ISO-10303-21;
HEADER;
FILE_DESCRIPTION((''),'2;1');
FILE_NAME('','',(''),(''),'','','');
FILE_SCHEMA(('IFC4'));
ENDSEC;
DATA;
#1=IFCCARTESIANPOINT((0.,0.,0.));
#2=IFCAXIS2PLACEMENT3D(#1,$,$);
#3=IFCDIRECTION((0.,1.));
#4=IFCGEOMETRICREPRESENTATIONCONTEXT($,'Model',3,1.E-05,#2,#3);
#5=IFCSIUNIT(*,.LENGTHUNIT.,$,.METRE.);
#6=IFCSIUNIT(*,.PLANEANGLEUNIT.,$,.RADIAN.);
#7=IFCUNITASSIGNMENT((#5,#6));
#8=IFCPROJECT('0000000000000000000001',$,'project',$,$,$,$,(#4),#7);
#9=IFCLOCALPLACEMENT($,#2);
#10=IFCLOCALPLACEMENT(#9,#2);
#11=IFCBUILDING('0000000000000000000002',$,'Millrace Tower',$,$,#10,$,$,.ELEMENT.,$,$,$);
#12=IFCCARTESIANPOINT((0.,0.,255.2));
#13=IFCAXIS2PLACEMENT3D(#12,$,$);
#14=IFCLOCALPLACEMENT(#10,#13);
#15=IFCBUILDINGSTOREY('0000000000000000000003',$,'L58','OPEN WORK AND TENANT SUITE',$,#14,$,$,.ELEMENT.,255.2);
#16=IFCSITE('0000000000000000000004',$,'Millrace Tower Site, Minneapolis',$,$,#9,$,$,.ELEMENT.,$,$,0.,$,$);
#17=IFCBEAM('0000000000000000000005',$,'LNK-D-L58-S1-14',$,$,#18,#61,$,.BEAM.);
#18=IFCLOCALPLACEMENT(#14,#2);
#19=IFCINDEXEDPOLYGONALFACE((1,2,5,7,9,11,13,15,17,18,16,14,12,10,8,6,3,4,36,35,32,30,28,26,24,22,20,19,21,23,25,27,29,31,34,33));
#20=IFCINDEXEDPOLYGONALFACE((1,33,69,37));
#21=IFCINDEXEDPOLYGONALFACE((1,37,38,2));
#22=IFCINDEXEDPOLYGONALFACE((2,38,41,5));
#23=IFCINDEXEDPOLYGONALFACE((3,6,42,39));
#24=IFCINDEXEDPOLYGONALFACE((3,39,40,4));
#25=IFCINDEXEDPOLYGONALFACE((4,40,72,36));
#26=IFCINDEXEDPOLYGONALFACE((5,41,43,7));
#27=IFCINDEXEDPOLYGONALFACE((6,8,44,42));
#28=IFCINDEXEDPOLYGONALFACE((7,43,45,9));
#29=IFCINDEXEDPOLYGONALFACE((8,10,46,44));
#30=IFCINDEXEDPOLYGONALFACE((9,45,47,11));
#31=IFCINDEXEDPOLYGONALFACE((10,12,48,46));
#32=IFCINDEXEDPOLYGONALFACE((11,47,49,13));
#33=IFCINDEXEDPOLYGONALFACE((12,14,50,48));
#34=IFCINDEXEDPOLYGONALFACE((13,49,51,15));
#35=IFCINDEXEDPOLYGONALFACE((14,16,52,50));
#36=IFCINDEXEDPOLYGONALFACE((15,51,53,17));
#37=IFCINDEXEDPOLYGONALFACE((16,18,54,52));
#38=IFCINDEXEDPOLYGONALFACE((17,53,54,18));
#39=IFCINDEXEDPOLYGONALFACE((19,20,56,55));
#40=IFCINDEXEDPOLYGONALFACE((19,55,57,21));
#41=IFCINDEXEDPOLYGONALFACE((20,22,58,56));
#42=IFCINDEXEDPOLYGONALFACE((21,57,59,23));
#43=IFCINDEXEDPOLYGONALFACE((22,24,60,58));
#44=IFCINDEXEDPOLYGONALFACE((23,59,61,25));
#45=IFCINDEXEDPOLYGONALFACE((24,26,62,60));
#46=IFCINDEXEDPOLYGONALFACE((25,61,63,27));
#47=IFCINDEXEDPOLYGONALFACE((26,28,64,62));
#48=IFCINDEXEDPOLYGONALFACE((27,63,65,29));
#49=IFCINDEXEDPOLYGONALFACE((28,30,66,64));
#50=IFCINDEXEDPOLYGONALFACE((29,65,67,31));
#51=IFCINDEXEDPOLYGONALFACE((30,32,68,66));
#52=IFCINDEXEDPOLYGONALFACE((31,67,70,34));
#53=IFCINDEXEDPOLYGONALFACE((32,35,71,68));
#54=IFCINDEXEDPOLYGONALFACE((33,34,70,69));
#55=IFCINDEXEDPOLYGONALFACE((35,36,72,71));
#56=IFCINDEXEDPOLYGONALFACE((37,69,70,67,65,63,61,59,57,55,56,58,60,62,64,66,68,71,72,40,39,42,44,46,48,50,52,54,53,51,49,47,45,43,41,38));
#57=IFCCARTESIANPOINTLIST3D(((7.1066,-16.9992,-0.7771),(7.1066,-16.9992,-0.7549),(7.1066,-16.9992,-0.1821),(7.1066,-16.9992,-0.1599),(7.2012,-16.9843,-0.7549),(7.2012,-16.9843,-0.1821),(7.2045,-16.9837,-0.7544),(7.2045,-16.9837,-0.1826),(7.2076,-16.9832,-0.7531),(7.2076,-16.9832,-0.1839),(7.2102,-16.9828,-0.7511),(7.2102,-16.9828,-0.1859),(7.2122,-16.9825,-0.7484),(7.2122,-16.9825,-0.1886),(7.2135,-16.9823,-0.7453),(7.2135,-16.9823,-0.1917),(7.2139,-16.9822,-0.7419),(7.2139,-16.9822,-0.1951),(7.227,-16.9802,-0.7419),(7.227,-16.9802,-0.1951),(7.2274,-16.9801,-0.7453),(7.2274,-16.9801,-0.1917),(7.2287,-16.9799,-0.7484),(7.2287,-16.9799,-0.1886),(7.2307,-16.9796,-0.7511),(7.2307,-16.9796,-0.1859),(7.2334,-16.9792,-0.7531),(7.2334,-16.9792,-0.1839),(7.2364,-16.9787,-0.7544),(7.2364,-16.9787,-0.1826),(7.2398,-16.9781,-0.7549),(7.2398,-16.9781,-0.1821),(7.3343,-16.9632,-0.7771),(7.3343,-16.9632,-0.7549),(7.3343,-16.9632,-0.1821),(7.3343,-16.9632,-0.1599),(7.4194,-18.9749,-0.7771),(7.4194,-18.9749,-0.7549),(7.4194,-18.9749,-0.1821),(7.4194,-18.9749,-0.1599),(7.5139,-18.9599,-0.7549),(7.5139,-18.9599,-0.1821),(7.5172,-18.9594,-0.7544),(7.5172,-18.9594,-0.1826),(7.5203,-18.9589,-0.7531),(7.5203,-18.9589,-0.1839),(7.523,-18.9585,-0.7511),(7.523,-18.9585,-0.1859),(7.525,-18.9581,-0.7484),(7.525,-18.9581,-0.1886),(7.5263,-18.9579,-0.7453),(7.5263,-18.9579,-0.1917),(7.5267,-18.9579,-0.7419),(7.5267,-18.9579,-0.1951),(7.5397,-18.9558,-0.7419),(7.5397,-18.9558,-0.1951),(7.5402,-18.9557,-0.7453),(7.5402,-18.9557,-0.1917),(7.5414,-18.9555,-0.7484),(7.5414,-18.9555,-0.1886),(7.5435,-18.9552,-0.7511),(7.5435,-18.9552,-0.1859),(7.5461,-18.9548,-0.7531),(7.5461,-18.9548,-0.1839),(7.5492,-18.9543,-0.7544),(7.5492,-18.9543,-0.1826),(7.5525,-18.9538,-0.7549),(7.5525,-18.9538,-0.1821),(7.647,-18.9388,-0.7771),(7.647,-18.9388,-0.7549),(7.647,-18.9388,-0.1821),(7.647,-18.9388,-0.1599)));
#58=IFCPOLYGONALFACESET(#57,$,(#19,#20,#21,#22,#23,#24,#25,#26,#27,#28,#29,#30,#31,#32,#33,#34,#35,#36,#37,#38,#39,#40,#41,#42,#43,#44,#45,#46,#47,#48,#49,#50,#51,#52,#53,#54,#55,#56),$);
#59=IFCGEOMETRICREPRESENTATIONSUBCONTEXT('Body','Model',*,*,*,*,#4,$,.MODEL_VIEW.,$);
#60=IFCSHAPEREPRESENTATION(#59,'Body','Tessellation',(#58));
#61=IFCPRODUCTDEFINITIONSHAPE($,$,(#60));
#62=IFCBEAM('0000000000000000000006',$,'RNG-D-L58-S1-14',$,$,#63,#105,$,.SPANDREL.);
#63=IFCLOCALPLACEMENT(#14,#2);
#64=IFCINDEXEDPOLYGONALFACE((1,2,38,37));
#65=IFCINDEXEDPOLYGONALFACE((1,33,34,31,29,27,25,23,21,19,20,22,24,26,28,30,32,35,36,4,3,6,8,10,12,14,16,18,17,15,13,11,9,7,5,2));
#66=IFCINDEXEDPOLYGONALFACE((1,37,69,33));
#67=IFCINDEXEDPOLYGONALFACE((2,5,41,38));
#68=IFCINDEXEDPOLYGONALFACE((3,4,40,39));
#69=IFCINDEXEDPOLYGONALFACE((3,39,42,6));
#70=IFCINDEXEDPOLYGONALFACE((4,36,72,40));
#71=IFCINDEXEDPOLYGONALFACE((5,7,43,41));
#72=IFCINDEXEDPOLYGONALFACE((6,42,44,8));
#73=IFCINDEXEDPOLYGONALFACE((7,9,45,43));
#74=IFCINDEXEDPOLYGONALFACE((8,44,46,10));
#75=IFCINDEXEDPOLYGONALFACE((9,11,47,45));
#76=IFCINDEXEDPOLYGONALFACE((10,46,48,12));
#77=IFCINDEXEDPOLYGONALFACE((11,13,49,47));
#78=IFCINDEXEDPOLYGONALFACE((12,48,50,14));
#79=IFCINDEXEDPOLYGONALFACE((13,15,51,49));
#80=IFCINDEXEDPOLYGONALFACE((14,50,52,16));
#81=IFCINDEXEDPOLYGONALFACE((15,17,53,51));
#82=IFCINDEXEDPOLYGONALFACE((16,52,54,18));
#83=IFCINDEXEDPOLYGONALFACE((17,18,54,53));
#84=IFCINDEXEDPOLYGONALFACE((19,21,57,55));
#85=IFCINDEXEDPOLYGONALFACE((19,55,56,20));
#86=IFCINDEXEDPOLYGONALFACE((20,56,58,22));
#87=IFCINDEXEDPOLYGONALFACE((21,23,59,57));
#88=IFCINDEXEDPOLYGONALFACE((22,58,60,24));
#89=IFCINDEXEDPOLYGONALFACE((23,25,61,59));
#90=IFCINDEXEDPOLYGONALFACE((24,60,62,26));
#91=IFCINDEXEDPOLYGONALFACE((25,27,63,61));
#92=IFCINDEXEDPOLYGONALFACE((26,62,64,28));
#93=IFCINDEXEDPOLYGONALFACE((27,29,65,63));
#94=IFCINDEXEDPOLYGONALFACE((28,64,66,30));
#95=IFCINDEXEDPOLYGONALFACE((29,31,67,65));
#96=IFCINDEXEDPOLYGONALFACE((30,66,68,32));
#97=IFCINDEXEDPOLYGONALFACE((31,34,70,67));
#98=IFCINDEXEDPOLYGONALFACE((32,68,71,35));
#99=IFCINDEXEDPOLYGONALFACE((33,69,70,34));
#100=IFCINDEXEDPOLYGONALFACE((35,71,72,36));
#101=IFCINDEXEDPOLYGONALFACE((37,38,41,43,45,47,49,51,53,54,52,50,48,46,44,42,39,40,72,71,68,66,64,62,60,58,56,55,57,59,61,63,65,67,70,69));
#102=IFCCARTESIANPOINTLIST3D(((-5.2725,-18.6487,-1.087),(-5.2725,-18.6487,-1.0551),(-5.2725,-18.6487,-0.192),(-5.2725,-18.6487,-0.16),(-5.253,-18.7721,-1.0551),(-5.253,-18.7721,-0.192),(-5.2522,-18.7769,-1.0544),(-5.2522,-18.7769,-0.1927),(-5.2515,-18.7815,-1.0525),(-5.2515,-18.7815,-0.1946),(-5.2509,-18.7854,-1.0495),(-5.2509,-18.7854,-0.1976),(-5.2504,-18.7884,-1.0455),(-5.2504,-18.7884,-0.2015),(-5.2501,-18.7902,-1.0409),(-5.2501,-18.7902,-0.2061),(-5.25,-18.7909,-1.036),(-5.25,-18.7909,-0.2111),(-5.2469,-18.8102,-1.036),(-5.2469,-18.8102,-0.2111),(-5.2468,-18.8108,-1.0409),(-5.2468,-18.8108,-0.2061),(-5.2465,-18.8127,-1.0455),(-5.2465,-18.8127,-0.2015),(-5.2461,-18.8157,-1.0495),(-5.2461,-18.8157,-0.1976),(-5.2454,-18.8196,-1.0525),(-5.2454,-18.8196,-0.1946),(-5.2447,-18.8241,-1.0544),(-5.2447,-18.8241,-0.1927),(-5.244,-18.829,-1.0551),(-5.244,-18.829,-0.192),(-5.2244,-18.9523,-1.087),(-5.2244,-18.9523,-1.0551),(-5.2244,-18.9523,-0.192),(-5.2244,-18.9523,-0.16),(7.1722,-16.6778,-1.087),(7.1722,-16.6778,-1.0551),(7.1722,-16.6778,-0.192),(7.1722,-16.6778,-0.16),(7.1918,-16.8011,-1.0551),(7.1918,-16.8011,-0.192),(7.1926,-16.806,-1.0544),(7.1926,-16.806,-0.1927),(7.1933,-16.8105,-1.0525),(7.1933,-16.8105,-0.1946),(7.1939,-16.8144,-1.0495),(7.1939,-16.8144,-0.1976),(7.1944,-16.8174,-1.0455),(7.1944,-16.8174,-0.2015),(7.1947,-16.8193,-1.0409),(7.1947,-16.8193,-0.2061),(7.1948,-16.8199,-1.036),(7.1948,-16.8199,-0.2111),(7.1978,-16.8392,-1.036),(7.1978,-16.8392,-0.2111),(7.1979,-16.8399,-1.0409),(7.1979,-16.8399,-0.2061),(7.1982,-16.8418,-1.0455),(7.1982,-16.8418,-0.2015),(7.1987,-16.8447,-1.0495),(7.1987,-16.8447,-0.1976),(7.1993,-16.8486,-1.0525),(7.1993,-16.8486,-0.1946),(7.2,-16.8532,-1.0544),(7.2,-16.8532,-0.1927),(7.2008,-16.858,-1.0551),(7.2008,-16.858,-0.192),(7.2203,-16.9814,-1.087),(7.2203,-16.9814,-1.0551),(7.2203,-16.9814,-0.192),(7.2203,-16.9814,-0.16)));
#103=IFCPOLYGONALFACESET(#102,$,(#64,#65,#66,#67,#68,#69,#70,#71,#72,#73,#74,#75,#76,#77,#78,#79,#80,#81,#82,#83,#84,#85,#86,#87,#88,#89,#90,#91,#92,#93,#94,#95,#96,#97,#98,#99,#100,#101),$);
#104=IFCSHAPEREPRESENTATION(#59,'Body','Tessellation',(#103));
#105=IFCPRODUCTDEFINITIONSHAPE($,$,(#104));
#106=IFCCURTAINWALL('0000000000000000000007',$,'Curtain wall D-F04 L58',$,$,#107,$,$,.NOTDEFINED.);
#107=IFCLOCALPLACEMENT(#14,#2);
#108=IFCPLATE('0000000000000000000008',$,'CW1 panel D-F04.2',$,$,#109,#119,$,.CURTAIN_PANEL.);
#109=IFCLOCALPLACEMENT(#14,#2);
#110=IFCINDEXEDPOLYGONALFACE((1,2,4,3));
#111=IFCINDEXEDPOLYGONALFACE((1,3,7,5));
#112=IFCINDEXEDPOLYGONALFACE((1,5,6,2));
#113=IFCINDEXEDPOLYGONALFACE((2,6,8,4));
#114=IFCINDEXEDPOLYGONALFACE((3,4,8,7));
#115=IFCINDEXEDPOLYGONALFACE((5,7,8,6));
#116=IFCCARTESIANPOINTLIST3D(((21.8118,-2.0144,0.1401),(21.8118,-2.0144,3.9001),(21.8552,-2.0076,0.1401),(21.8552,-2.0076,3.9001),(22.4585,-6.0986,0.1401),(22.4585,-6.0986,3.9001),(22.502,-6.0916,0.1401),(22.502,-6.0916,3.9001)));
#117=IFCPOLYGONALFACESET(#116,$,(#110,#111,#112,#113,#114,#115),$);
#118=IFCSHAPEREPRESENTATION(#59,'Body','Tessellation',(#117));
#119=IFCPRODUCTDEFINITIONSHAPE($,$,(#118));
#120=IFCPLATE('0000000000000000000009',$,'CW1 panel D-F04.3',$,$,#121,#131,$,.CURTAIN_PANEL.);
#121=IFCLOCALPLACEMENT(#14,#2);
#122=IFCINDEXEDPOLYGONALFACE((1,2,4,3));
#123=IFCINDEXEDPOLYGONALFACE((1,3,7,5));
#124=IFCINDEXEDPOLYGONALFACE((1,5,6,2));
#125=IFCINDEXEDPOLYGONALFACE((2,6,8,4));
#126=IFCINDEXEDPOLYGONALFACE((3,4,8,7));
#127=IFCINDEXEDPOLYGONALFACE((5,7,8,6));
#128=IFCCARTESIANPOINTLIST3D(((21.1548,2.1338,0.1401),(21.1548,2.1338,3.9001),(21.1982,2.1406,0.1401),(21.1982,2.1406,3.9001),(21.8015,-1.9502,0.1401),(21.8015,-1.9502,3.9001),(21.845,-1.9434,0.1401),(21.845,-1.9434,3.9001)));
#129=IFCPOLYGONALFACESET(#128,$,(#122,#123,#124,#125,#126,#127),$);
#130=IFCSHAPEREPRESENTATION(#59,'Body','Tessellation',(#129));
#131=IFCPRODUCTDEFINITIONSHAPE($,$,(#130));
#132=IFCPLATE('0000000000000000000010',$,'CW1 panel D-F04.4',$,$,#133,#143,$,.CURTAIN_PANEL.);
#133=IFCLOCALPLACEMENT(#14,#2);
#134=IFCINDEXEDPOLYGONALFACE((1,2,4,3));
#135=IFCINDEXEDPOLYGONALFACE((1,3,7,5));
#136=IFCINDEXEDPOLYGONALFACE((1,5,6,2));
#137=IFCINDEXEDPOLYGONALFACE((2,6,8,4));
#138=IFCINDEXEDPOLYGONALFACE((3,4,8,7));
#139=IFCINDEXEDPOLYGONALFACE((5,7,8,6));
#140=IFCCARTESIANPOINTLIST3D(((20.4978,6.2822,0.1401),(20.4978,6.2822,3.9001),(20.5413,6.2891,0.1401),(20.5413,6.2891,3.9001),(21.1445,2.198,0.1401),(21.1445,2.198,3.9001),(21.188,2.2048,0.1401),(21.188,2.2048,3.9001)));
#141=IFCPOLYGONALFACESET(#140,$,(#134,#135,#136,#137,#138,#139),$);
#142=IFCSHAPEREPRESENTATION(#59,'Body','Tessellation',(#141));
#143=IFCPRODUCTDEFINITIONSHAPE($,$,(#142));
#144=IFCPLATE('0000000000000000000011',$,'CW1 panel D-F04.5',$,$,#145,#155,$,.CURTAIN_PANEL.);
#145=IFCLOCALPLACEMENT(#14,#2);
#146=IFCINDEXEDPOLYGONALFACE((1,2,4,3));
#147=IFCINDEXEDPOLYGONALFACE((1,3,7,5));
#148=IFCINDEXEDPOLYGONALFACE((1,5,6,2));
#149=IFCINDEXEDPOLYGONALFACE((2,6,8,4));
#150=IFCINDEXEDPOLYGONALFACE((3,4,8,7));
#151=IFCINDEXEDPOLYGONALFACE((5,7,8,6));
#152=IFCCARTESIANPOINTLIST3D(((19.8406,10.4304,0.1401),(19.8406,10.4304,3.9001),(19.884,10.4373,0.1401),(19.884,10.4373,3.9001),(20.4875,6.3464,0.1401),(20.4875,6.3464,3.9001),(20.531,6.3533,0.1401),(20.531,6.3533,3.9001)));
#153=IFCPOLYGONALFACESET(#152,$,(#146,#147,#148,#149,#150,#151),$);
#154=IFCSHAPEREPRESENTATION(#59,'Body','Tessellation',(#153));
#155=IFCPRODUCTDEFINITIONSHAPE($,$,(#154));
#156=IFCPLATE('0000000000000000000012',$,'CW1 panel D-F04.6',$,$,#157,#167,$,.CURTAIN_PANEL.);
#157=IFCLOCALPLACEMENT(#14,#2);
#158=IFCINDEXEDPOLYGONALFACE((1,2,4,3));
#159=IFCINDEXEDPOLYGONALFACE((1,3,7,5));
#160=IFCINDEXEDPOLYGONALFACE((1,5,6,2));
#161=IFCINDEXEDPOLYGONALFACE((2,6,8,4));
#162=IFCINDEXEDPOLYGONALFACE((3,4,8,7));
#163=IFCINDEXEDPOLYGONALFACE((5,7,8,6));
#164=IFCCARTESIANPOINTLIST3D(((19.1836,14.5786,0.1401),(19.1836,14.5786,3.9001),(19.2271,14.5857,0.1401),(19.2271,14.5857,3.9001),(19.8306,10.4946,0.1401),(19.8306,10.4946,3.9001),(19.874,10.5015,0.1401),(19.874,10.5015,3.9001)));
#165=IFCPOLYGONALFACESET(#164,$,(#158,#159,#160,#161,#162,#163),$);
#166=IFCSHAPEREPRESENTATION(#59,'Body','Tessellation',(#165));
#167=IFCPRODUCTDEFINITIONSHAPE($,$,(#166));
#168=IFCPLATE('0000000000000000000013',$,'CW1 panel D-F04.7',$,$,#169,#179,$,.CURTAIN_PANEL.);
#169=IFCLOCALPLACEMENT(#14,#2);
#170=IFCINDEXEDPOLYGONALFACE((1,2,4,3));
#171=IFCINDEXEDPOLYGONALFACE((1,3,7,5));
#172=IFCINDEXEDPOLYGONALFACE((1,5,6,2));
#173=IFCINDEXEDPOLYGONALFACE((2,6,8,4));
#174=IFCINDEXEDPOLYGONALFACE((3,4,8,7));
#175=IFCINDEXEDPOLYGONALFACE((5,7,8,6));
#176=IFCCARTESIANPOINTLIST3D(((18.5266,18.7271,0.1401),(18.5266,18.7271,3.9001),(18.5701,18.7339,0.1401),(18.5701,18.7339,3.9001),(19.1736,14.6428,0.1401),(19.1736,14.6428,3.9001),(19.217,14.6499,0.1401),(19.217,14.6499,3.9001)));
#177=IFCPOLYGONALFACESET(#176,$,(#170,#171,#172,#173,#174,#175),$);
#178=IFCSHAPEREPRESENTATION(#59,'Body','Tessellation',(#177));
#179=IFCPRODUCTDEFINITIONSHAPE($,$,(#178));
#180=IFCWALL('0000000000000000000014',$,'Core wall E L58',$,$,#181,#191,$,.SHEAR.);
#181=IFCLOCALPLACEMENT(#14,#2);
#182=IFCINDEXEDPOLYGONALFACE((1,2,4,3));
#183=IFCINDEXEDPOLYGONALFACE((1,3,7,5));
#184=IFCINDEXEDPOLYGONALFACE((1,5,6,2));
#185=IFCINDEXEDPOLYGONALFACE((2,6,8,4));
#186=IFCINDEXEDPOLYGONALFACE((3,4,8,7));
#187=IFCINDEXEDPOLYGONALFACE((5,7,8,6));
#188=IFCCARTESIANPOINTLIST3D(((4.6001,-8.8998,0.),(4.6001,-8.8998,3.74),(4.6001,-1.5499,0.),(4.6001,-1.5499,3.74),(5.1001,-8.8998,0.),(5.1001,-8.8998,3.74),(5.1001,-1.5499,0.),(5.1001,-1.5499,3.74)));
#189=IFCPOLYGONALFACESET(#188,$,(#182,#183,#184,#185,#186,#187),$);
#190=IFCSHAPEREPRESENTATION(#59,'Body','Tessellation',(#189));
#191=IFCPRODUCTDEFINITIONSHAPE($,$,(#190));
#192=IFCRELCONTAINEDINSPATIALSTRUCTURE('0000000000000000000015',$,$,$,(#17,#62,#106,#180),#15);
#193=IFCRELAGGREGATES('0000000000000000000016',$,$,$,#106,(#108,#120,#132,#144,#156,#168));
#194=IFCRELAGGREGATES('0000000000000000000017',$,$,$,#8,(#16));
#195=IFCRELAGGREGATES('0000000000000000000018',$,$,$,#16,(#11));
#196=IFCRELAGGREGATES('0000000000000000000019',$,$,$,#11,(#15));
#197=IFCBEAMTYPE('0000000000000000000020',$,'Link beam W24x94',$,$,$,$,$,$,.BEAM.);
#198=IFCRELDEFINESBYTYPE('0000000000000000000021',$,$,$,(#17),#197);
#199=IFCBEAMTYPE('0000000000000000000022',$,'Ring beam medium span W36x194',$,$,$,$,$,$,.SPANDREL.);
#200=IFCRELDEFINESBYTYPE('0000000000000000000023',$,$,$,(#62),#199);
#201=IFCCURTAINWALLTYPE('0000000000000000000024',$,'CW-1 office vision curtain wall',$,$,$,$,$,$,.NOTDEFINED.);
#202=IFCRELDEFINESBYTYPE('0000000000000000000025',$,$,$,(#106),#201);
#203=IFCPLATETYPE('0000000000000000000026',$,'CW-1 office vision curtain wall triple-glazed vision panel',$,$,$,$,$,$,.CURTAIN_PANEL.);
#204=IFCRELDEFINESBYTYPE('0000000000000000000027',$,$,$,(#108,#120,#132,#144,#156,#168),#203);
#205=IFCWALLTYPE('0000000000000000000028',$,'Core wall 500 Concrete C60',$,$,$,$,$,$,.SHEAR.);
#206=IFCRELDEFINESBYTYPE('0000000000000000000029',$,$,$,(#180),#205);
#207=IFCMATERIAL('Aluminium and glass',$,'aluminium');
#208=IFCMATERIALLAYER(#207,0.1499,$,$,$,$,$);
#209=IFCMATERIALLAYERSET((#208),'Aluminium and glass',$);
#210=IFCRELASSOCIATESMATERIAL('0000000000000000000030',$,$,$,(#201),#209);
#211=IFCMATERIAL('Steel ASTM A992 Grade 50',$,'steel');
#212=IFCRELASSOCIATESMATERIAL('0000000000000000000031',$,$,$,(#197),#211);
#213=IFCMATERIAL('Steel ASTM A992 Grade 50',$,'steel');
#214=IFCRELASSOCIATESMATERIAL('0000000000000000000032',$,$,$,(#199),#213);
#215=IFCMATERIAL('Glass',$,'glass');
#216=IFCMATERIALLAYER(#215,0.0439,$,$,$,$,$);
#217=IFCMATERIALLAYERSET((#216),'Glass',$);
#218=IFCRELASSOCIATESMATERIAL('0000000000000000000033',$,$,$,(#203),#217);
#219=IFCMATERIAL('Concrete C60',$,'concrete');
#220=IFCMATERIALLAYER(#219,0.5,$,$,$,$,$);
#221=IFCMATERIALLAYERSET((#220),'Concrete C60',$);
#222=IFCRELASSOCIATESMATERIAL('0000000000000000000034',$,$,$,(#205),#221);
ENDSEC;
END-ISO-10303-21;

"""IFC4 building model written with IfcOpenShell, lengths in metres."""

from ifc_helpers import new_model, si_unit, direction, frame, frame_2d, origin, origin_2d, place, context, subcontext, project, spatial, polyline, rectangle, i_section, outline, extrude, material, layer, layer_set, material_profile, profile_set, type_object, element, aggregate, save


model = new_model("IFC4")

# Units and contexts
model_context = context("Model", 3, precision=1e-05, world=origin(), true_north=direction((0.0, 1.0)))
body_context = subcontext(model_context, "Body", "Model", "MODEL_VIEW")
ifc_project = project(units=[si_unit("LENGTHUNIT", "METRE"), si_unit("PLANEANGLEUNIT", "RADIAN")], contexts=[model_context])

# Site, building, storey
site_placement = place(None, origin())
site = spatial("IfcSite", under=ifc_project, at=site_placement, Name="Millrace Tower Site, Minneapolis", CompositionType="ELEMENT", RefElevation=0.0)
building_placement = place(site_placement, origin())
building = spatial("IfcBuilding", under=site, at=building_placement, Name="Millrace Tower", CompositionType="ELEMENT")
storey_placement = place(building_placement, frame((0.0, 0.0, 255.2)))
storey = spatial("IfcBuildingStorey", under=building, at=storey_placement, Name="L58", Description="OPEN WORK AND TENANT SUITE", CompositionType="ELEMENT", Elevation=255.2)

# Shared definitions
ifc_material_1 = material(Name="Aluminium and glass", Category="aluminium")
ifc_layer_1 = layer(ifc_material_1, 0.1499)
ifc_layer_set_1 = layer_set([ifc_layer_1], Name="Aluminium and glass")
curtain_wall_type = type_object("IfcCurtainWallType", Name="CW-1 office vision curtain wall", PredefinedType="NOTDEFINED", material=ifc_layer_set_1)
placement_1 = place(storey_placement, origin())

# Beams
ifc_material_2 = material(Name="Steel ASTM A992 Grade 50", Category="steel")
ifc_material_profile_1 = material_profile(ifc_material_2, i_section(OverallWidth=0.2305, OverallDepth=0.6172, WebThickness=0.0132, FlangeThickness=0.0222, FilletRadius=0.0129, at=origin_2d()))
ifc_profile_set_1 = profile_set([ifc_material_profile_1], Name="Steel ASTM A992 Grade 50")
beam_type_1 = type_object("IfcBeamType", Name="Link beam W24x94", PredefinedType="BEAM", material=ifc_profile_set_1)
beam_1_placement = place(storey_placement, frame((7.2205, -16.9812, -0.4685), z_axis=(0.156357, -0.987701, 0.0), x_axis=(0.987701, 0.156357, 0.0)))
element("IfcBeam", 1, at=beam_1_placement, inside=storey, type_object=beam_type_1, Name="LNK-D-L58-S1-14", PredefinedType="BEAM", context=body_context, shape_type="SweptSolid", body=[
    extrude(i_section(OverallWidth=0.2305, OverallDepth=0.6172, WebThickness=0.0132, FlangeThickness=0.0222, FilletRadius=0.0129, at=origin_2d()), origin(), (0.0, 0.0, 1.0), 2.0002),
])
ifc_material_3 = material(Name="Steel ASTM A992 Grade 50", Category="steel")
ifc_material_profile_2 = material_profile(ifc_material_3, i_section(OverallWidth=0.3074, OverallDepth=0.927, WebThickness=0.0195, FlangeThickness=0.032, FilletRadius=0.019, at=origin_2d()))
ifc_profile_set_2 = profile_set([ifc_material_profile_2], Name="Steel ASTM A992 Grade 50")
beam_type_2 = type_object("IfcBeamType", Name="Ring beam medium span W36x194", PredefinedType="SPANDREL", material=ifc_profile_set_2)
beam_2_placement = place(storey_placement, frame((7.1963, -16.8296, -0.6235), z_axis=(-0.98769, -0.156425, 0.0), x_axis=(0.156425, -0.98769, 0.0)))
element("IfcBeam", 2, at=beam_2_placement, inside=storey, type_object=beam_type_2, Name="RNG-D-L58-S1-14", PredefinedType="SPANDREL", context=body_context, shape_type="SweptSolid", body=[
    extrude(i_section(OverallWidth=0.3074, OverallDepth=0.927, WebThickness=0.0195, FlangeThickness=0.032, FilletRadius=0.019, at=origin_2d()), origin(), (0.0, 0.0, 1.0), 12.5999),
])

# Curtain wall, plates
curtain_wall_1 = element("IfcCurtainWall", 3, at=placement_1, inside=storey, type_object=curtain_wall_type, Name="Curtain wall D-F04 L58", PredefinedType="NOTDEFINED")
ifc_material_4 = material(Name="Glass", Category="glass")
ifc_layer_2 = layer(ifc_material_4, 0.0439)
ifc_layer_set_2 = layer_set([ifc_layer_2], Name="Glass")
plate_type = type_object("IfcPlateType", Name="CW-1 office vision curtain wall triple-glazed vision panel", PredefinedType="CURTAIN_PANEL", material=ifc_layer_set_2)
placement_2 = place(storey_placement, frame((0.0, 0.0, 0.1401)))
plate_1 = element("IfcPlate", 4, at=placement_2, type_object=plate_type, Name="CW1 panel D-F04.2", PredefinedType="CURTAIN_PANEL", context=body_context, shape_type="SweptSolid", body=[
    extrude(outline(polyline([(22.502, -6.0916), (21.8552, -2.0076), (21.8118, -2.0144), (22.4585, -6.0986), (22.502, -6.0916)])), origin(), (0.0, 0.0, 1.0), 3.76),
])
plate_2 = element("IfcPlate", 5, at=placement_2, type_object=plate_type, Name="CW1 panel D-F04.3", PredefinedType="CURTAIN_PANEL", context=body_context, shape_type="SweptSolid", body=[
    extrude(outline(polyline([(21.845, -1.9434), (21.1982, 2.1406), (21.1548, 2.1338), (21.8015, -1.9502), (21.845, -1.9434)])), origin(), (0.0, 0.0, 1.0), 3.76),
])
plate_3 = element("IfcPlate", 6, at=placement_2, type_object=plate_type, Name="CW1 panel D-F04.4", PredefinedType="CURTAIN_PANEL", context=body_context, shape_type="SweptSolid", body=[
    extrude(outline(polyline([(21.188, 2.2048), (20.5413, 6.2891), (20.4978, 6.2822), (21.1445, 2.198), (21.188, 2.2048)])), origin(), (0.0, 0.0, 1.0), 3.76),
])
plate_4 = element("IfcPlate", 7, at=placement_2, type_object=plate_type, Name="CW1 panel D-F04.5", PredefinedType="CURTAIN_PANEL", context=body_context, shape_type="SweptSolid", body=[
    extrude(outline(polyline([(20.531, 6.3533), (19.884, 10.4373), (19.8406, 10.4304), (20.4875, 6.3464), (20.531, 6.3533)])), origin(), (0.0, 0.0, 1.0), 3.76),
])
plate_5 = element("IfcPlate", 8, at=placement_2, type_object=plate_type, Name="CW1 panel D-F04.6", PredefinedType="CURTAIN_PANEL", context=body_context, shape_type="SweptSolid", body=[
    extrude(outline(polyline([(19.874, 10.5015), (19.2271, 14.5857), (19.1836, 14.5786), (19.8306, 10.4946), (19.874, 10.5015)])), origin(), (0.0, 0.0, 1.0), 3.76),
])
plate_6 = element("IfcPlate", 9, at=placement_2, type_object=plate_type, Name="CW1 panel D-F04.7", PredefinedType="CURTAIN_PANEL", context=body_context, shape_type="SweptSolid", body=[
    extrude(outline(polyline([(19.217, 14.6499), (18.5701, 18.7339), (18.5266, 18.7271), (19.1736, 14.6428), (19.217, 14.6499)])), origin(), (0.0, 0.0, 1.0), 3.76),
])
aggregate(curtain_wall_1, [plate_1, plate_2, plate_3, plate_4, plate_5, plate_6])

# Wall
ifc_material_5 = material(Name="Concrete C60", Category="concrete")
ifc_layer_3 = layer(ifc_material_5, 0.5)
ifc_layer_set_3 = layer_set([ifc_layer_3], Name="Concrete C60")
wall_type_1 = type_object("IfcWallType", Name="Core wall 500 Concrete C60", PredefinedType="SHEAR", material=ifc_layer_set_3)
wall_1_placement = place(storey_placement, frame((4.8501, -1.55, 0.0), z_axis=(0.0, 0.0, 1.0), x_axis=(0.0, -1.0, 0.0)))
element("IfcWall", 10, at=wall_1_placement, inside=storey, type_object=wall_type_1, Name="Core wall E L58", PredefinedType="SHEAR", context=body_context, shape_type="SweptSolid", body=[
    extrude(rectangle(XDim=7.3499, YDim=0.5, at=frame_2d((3.6748, 0.0))), origin(), (0.0, 0.0, 1.0), 3.74),
])

save(model, "model.ifc")
